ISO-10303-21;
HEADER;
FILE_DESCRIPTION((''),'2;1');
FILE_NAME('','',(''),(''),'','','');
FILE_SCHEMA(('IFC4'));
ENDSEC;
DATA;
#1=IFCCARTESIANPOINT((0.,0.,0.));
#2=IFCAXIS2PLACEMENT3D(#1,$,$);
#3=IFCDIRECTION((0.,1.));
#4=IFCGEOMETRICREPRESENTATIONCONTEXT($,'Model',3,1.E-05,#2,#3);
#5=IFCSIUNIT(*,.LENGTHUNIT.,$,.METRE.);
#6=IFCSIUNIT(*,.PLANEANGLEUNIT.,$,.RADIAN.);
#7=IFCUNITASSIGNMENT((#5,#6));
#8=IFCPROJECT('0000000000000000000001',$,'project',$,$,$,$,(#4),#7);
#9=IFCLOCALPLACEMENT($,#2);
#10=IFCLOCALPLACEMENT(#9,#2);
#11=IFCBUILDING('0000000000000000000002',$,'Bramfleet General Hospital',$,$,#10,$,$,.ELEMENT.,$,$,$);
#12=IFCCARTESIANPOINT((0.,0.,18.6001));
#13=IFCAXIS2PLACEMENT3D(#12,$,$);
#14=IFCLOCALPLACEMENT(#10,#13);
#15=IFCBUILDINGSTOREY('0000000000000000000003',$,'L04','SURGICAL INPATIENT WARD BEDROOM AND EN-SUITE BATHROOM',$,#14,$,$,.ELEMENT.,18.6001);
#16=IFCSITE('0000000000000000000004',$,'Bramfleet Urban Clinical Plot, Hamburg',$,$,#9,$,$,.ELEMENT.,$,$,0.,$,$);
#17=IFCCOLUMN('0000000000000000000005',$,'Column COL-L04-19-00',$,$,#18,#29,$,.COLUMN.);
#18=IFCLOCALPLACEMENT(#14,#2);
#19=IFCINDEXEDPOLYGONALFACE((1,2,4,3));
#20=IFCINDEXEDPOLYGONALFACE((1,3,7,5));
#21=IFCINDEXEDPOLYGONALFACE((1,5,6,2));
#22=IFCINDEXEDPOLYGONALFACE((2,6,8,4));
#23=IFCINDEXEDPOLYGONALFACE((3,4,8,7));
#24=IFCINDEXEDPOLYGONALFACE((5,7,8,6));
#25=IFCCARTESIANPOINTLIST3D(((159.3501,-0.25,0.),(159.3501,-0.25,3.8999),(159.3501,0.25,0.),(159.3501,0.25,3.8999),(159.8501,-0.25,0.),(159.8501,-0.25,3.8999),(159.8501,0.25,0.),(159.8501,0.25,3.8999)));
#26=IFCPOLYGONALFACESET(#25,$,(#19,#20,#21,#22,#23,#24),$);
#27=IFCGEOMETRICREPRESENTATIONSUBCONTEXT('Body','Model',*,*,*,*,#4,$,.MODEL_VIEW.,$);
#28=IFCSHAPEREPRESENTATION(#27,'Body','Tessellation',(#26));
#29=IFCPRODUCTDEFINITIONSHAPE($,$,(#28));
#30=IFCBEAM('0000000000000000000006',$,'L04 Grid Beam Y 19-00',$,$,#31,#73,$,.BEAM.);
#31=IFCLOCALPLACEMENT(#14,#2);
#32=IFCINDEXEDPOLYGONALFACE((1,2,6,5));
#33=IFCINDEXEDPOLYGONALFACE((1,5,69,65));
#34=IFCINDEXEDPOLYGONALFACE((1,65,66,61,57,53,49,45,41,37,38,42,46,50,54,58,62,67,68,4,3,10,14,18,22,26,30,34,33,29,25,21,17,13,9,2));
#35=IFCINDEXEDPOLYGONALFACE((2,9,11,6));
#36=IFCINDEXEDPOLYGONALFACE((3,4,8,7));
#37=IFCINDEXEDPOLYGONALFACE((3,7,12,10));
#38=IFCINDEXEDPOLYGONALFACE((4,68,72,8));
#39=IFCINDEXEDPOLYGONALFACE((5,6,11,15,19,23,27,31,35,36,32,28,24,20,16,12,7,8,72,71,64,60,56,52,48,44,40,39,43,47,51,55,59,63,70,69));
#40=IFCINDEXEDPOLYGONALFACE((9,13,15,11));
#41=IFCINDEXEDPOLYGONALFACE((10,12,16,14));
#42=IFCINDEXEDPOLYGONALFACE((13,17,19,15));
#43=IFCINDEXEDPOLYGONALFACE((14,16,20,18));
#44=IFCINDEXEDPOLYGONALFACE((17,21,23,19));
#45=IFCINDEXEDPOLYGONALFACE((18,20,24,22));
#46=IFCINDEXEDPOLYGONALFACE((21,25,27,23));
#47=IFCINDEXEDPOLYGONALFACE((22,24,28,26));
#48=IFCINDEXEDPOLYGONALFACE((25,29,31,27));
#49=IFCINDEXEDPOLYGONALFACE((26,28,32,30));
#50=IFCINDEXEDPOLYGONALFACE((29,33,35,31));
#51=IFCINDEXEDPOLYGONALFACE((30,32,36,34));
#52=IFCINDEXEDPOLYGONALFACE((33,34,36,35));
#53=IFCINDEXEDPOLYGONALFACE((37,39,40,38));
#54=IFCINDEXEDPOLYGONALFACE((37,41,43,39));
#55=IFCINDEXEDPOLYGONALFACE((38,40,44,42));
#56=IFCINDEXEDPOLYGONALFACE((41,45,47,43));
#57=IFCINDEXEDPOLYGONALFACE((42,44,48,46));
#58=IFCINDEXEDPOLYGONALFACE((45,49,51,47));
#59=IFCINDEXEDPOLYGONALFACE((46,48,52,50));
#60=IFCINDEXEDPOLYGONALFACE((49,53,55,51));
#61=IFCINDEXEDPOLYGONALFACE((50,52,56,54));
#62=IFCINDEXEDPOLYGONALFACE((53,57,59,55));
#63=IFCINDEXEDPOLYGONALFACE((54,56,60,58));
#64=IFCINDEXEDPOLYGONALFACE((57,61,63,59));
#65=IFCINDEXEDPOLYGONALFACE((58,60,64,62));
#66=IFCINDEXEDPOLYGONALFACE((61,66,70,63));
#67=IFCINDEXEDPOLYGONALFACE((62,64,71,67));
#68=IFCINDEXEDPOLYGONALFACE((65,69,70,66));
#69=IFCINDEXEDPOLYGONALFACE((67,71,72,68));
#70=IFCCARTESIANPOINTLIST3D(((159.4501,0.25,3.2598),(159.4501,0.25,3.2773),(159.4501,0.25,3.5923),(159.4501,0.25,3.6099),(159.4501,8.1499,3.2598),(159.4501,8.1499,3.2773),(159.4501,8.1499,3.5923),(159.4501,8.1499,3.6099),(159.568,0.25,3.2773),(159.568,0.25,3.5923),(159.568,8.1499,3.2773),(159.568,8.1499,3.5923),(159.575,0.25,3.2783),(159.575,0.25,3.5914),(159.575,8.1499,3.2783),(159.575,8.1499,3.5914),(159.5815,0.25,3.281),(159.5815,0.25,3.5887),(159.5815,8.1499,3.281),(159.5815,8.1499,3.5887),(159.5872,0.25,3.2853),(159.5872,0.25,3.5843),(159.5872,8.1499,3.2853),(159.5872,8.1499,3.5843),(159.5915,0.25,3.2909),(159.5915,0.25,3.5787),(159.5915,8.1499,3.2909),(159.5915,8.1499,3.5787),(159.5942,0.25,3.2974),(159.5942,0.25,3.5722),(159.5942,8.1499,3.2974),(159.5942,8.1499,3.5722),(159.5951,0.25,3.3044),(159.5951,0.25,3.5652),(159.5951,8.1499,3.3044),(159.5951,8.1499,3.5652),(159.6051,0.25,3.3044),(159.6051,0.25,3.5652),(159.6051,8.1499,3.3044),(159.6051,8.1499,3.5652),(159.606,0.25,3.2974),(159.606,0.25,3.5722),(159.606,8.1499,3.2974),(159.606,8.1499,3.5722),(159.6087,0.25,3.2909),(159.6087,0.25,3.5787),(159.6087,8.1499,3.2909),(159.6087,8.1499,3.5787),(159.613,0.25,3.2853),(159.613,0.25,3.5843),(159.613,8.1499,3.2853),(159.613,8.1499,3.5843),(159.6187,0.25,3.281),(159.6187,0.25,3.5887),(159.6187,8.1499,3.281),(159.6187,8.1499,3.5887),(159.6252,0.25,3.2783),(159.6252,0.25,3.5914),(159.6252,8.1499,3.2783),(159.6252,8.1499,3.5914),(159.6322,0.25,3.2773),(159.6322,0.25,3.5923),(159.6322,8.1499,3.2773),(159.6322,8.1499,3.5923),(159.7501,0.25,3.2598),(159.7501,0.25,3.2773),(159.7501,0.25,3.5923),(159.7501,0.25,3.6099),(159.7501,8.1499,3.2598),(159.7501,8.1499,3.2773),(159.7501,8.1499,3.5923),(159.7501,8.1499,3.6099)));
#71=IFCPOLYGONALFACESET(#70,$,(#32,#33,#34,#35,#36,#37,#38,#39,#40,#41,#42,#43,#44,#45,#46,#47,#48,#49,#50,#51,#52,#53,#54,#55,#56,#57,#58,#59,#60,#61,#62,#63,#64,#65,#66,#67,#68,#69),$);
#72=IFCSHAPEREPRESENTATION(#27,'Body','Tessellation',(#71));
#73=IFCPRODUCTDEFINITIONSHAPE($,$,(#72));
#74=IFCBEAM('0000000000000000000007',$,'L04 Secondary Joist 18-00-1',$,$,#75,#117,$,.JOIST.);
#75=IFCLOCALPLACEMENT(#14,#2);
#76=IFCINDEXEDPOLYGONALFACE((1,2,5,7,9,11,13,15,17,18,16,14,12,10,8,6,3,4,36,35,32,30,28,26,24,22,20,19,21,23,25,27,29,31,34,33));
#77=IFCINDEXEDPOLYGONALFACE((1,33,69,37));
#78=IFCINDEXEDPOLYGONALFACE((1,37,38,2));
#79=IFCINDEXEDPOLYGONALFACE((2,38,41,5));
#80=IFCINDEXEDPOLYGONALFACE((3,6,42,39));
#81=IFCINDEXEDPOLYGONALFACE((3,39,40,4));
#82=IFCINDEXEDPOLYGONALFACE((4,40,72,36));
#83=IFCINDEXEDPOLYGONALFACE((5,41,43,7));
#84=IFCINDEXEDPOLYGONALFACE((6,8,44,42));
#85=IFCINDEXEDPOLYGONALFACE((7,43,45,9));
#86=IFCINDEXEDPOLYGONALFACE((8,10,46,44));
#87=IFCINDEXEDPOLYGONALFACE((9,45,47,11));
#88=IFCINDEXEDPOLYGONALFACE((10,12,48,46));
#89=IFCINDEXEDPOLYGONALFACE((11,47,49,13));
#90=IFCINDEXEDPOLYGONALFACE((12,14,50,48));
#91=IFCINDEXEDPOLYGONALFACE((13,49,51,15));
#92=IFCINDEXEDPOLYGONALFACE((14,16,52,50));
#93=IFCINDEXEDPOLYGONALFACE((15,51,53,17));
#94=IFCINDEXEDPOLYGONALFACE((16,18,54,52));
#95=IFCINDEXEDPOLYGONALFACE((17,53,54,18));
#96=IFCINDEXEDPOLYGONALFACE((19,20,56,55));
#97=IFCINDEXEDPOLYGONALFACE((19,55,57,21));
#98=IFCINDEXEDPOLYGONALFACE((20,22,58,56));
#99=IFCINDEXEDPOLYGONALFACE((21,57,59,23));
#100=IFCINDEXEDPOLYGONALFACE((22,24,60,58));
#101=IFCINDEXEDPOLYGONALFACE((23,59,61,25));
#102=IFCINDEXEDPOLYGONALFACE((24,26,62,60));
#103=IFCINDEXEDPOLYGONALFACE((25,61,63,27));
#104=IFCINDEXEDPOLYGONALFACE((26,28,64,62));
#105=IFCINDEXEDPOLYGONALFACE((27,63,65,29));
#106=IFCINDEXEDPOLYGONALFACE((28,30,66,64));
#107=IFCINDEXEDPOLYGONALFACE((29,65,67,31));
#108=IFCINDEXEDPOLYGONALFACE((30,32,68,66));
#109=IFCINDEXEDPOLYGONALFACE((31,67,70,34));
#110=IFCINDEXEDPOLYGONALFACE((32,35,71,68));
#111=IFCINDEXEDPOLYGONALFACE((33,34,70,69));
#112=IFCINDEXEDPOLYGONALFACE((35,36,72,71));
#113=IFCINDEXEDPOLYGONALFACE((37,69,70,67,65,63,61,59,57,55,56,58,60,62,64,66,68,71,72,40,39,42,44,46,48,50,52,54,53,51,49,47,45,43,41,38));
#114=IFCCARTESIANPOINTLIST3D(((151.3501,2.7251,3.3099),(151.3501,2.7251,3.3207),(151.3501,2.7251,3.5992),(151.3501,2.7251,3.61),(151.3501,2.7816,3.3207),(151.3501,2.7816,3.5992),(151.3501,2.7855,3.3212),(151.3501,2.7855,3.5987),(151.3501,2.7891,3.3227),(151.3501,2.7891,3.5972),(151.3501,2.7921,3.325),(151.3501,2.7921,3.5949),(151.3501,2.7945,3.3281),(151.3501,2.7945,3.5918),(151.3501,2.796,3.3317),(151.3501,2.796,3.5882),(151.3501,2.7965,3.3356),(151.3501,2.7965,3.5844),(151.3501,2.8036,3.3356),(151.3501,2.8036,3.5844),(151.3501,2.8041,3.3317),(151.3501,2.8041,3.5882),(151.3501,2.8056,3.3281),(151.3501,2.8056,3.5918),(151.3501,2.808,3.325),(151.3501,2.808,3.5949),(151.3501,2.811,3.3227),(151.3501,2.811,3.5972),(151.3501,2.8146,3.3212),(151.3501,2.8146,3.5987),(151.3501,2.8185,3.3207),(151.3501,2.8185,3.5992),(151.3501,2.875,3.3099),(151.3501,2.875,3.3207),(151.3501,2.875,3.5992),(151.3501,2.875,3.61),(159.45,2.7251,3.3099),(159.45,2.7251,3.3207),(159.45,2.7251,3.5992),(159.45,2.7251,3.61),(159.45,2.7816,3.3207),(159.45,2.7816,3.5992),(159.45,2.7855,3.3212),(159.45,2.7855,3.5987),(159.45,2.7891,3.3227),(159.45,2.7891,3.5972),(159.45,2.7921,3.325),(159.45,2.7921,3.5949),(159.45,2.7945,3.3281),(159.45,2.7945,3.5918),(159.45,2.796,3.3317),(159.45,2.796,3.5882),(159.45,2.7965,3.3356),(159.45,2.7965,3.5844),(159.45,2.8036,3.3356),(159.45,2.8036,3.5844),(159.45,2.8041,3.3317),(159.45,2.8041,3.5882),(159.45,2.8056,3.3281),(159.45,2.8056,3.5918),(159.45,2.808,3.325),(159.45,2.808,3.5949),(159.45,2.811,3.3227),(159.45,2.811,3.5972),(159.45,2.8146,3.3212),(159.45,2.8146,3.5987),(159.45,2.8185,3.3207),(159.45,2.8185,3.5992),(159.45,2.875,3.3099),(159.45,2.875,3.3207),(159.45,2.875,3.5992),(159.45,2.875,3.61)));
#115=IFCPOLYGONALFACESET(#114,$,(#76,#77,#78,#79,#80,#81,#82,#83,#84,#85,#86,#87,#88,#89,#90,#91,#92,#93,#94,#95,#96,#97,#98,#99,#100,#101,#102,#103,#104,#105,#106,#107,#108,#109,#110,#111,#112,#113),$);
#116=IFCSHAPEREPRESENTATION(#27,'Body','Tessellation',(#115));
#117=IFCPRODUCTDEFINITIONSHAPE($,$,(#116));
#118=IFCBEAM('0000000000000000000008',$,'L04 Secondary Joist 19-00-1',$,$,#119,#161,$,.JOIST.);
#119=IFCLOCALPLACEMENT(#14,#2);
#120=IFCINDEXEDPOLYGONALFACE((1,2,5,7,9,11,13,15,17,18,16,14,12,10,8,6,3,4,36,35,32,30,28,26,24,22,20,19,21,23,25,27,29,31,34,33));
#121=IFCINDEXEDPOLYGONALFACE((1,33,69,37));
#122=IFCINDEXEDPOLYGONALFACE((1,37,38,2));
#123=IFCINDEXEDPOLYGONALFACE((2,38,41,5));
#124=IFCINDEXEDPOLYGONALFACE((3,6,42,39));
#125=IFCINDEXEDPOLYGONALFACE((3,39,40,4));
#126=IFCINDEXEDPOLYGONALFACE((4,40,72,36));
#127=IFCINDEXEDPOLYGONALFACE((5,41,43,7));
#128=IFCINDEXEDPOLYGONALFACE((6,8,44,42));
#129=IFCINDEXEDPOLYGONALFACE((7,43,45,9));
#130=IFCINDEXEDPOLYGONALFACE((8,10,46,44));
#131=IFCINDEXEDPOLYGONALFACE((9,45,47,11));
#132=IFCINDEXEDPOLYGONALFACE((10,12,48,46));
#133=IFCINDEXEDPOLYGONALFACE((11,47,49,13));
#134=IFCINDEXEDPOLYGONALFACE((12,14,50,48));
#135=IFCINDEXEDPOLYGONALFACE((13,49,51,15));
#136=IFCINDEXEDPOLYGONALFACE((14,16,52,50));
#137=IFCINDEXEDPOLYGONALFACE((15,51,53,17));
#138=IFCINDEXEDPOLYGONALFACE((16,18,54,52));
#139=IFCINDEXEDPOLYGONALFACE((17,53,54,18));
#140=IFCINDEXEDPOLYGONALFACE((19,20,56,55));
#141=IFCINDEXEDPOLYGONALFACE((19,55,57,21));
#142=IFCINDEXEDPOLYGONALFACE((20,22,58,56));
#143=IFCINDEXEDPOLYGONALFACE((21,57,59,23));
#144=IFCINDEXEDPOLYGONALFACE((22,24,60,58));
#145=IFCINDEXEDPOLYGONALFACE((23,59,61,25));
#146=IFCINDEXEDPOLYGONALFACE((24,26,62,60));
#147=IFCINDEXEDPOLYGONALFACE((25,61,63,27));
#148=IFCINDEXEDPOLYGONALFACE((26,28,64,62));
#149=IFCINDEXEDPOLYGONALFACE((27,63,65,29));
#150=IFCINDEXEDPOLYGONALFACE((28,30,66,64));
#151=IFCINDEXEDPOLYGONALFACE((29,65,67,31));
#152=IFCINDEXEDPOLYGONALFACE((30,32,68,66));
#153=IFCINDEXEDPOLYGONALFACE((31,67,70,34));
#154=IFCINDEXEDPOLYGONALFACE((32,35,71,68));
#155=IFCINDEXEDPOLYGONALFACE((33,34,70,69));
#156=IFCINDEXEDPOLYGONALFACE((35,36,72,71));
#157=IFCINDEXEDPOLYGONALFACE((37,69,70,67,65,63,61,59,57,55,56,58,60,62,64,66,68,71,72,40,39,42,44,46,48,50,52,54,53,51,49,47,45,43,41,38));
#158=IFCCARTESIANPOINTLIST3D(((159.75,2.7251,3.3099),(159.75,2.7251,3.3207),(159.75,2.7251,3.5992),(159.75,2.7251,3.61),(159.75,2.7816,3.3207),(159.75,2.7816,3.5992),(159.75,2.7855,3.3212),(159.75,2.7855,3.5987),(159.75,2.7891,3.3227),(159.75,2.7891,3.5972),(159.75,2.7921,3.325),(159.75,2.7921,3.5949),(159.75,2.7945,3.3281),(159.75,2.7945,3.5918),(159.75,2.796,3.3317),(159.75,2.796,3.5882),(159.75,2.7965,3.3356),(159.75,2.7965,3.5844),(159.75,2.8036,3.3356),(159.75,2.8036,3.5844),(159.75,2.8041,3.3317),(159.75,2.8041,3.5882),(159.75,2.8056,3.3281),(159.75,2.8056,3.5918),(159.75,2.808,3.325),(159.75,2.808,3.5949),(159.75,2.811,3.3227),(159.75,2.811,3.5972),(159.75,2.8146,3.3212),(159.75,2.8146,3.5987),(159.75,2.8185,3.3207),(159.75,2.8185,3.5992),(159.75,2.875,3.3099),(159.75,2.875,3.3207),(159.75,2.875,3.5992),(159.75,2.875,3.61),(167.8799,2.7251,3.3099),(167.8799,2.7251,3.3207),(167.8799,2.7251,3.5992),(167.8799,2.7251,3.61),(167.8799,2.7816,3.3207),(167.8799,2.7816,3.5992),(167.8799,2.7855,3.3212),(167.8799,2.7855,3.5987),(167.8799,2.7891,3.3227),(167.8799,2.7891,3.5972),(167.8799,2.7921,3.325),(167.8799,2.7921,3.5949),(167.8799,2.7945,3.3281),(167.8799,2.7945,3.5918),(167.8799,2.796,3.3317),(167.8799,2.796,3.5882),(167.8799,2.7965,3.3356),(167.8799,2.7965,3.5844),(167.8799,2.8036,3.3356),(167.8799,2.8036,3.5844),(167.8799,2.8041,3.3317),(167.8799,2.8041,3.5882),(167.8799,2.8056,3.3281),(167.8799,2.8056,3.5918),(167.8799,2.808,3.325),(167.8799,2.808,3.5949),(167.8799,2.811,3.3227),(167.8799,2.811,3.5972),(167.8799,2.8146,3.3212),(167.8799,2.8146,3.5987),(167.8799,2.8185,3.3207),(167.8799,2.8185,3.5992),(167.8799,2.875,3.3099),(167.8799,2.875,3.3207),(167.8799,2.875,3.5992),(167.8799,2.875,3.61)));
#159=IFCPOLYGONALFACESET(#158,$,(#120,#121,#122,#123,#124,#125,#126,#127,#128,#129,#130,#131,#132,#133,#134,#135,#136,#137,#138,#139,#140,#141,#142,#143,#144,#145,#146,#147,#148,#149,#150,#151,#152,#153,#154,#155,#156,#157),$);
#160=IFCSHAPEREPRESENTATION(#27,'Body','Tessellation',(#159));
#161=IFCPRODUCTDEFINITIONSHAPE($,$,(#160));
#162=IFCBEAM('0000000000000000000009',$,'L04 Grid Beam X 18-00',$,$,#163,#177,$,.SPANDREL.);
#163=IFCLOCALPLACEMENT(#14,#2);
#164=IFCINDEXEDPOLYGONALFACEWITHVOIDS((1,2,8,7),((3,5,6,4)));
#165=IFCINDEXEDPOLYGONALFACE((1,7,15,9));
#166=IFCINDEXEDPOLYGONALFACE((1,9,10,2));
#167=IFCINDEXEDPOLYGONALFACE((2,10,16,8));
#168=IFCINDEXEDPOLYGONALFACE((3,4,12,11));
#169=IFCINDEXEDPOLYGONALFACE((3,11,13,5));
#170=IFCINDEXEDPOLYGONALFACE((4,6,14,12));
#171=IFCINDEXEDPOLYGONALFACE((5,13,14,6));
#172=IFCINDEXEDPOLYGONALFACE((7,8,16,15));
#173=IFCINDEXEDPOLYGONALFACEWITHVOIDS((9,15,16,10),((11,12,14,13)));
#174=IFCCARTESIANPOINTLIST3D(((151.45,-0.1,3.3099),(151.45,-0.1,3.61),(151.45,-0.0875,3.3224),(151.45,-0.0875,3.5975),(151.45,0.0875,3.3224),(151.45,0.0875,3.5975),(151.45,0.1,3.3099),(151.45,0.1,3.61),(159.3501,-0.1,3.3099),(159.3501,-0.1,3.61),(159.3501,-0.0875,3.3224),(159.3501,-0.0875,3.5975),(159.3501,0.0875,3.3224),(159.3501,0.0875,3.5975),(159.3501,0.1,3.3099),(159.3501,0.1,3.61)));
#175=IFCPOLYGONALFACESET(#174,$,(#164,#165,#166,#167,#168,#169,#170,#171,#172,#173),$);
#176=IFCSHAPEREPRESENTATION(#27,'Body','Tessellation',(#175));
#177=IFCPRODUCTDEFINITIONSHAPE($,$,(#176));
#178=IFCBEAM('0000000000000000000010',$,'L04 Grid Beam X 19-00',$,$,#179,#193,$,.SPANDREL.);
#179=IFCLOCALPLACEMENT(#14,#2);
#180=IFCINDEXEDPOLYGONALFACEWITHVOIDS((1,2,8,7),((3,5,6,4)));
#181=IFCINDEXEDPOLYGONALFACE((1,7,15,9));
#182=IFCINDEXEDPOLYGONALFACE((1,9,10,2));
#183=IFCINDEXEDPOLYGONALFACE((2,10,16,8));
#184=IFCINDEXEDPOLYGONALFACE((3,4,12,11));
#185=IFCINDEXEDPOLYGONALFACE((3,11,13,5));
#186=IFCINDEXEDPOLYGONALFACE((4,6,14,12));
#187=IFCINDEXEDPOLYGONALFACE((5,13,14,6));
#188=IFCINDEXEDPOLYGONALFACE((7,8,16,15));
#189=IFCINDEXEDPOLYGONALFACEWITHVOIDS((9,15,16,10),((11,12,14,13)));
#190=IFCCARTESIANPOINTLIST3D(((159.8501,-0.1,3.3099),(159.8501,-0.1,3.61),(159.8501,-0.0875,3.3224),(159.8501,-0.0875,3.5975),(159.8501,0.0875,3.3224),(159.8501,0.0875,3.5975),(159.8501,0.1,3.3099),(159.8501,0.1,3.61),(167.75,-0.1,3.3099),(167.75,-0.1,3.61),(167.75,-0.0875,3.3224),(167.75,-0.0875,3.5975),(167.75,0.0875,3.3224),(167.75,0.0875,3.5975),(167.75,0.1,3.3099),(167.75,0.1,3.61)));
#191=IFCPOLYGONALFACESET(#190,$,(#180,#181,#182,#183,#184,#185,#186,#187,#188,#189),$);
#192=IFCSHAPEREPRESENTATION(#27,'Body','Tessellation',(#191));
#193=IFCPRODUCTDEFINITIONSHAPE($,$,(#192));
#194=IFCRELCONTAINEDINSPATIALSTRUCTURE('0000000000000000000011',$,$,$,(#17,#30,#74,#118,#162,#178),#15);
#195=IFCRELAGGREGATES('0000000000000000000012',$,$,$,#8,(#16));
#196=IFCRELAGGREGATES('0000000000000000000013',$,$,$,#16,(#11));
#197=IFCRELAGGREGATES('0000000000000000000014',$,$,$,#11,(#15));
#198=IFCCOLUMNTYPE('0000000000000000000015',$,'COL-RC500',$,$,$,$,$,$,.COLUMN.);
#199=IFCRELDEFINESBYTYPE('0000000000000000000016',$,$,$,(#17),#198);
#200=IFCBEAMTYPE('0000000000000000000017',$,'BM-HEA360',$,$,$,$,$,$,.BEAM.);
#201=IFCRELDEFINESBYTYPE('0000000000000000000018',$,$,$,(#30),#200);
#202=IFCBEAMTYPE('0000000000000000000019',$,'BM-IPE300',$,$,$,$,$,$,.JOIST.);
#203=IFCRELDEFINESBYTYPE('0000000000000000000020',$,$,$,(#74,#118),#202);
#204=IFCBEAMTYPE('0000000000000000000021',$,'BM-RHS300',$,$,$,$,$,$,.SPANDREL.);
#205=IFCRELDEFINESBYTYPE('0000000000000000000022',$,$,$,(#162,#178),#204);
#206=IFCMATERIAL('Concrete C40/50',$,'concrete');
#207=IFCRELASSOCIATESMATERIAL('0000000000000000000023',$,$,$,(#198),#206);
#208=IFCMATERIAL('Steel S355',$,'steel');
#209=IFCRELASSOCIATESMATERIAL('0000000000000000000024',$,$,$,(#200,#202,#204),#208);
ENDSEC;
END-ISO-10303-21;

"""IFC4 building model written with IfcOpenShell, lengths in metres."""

from ifc_helpers import new_model, si_unit, direction, frame, origin, origin_2d, place, context, subcontext, project, spatial, rectangle, hollow_rectangle, i_section, extrude, material, material_profile, profile_set, type_object, element, save


model = new_model("IFC4")

# Units and contexts
model_context = context("Model", 3, precision=1e-05, world=origin(), true_north=direction((0.0, 1.0)))
body_context = subcontext(model_context, "Body", "Model", "MODEL_VIEW")
ifc_project = project(units=[si_unit("LENGTHUNIT", "METRE"), si_unit("PLANEANGLEUNIT", "RADIAN")], contexts=[model_context])

# Site, building, storey
site_placement = place(None, origin())
site = spatial("IfcSite", under=ifc_project, at=site_placement, Name="Bramfleet Urban Clinical Plot, Hamburg", CompositionType="ELEMENT", RefElevation=0.0)
building_placement = place(site_placement, origin())
building = spatial("IfcBuilding", under=site, at=building_placement, Name="Bramfleet General Hospital", CompositionType="ELEMENT")
storey_placement = place(building_placement, frame((0.0, 0.0, 18.6001)))
storey = spatial("IfcBuildingStorey", under=building, at=storey_placement, Name="L04", Description="SURGICAL INPATIENT WARD BEDROOM AND EN-SUITE BATHROOM", CompositionType="ELEMENT", Elevation=18.6001)

# Column
ifc_material_1 = material(Name="Concrete C40/50", Category="concrete")
ifc_material_profile_1 = material_profile(ifc_material_1, rectangle(XDim=0.5, YDim=0.5, at=origin_2d()), Name="RC COL 500x500")
ifc_profile_set_1 = profile_set([ifc_material_profile_1], Name="Concrete C40/50")
column_type = type_object("IfcColumnType", Name="COL-RC500", PredefinedType="COLUMN", material=ifc_profile_set_1)
column_placement = place(storey_placement, frame((159.6001, 0.0, 0.0), z_axis=(0.0, 0.0, 1.0), x_axis=(1.0, 0.0, 0.0)))
element("IfcColumn", 1, at=column_placement, inside=storey, type_object=column_type, Name="Column COL-L04-19-00", PredefinedType="COLUMN", context=body_context, shape_type="SweptSolid", body=[
    extrude(rectangle(XDim=0.5, YDim=0.5, at=origin_2d()), origin(), (0.0, 0.0, 1.0), 3.8999),
])

# Beams
ifc_material_2 = material(Name="Steel S355", Category="steel")
ifc_material_profile_2 = material_profile(ifc_material_2, i_section(OverallWidth=0.3, OverallDepth=0.3501, WebThickness=0.01, FlangeThickness=0.0176, FilletRadius=0.0271, at=origin_2d()), Name="HEA 360")
ifc_profile_set_2 = profile_set([ifc_material_profile_2], Name="Steel S355")
beam_type_1 = type_object("IfcBeamType", Name="BM-HEA360", PredefinedType="BEAM", material=ifc_profile_set_2)
beam_1_placement = place(storey_placement, frame((159.6001, 0.25, 3.4348), z_axis=(0.0, 1.0, 0.0), x_axis=(-1.0, 0.0, 0.0)))
element("IfcBeam", 2, at=beam_1_placement, inside=storey, type_object=beam_type_1, Name="L04 Grid Beam Y 19-00", PredefinedType="BEAM", context=body_context, shape_type="SweptSolid", body=[
    extrude(i_section(OverallWidth=0.3, OverallDepth=0.3501, WebThickness=0.01, FlangeThickness=0.0176, FilletRadius=0.0271, at=origin_2d()), origin(), (0.0, 0.0, 1.0), 7.8999),
])
ifc_material_profile_3 = material_profile(ifc_material_2, i_section(OverallWidth=0.1499, OverallDepth=0.3, WebThickness=0.0071, FlangeThickness=0.0107, FilletRadius=0.0149, at=origin_2d()), Name="IPE 300")
ifc_profile_set_3 = profile_set([ifc_material_profile_3], Name="Steel S355")
beam_type_2 = type_object("IfcBeamType", Name="BM-IPE300", PredefinedType="JOIST", material=ifc_profile_set_3)
beam_2_placement = place(storey_placement, frame((151.3501, 2.8, 3.46), z_axis=(1.0, 0.0, 0.0), x_axis=(0.0, 1.0, 0.0)))
element("IfcBeam", 3, at=beam_2_placement, inside=storey, type_object=beam_type_2, Name="L04 Secondary Joist 18-00-1", PredefinedType="JOIST", context=body_context, shape_type="SweptSolid", body=[
    extrude(i_section(OverallWidth=0.1499, OverallDepth=0.3, WebThickness=0.0071, FlangeThickness=0.0107, FilletRadius=0.0149, at=origin_2d()), origin(), (0.0, 0.0, 1.0), 8.0999),
])
beam_3_placement = place(storey_placement, frame((159.75, 2.8, 3.46), z_axis=(1.0, 0.0, 0.0), x_axis=(0.0, 1.0, 0.0)))
element("IfcBeam", 4, at=beam_3_placement, inside=storey, type_object=beam_type_2, Name="L04 Secondary Joist 19-00-1", PredefinedType="JOIST", context=body_context, shape_type="SweptSolid", body=[
    extrude(i_section(OverallWidth=0.1499, OverallDepth=0.3, WebThickness=0.0071, FlangeThickness=0.0107, FilletRadius=0.0149, at=origin_2d()), origin(), (0.0, 0.0, 1.0), 8.1299),
])
ifc_material_profile_4 = material_profile(ifc_material_2, hollow_rectangle(XDim=0.2, YDim=0.3, WallThickness=0.0125, at=origin_2d()), Name="RHS 300x200x12.5")
ifc_profile_set_4 = profile_set([ifc_material_profile_4], Name="Steel S355")
beam_type_3 = type_object("IfcBeamType", Name="BM-RHS300", PredefinedType="SPANDREL", material=ifc_profile_set_4)
beam_4_placement = place(storey_placement, frame((151.45, 0.0, 3.46), z_axis=(1.0, 0.0, 0.0), x_axis=(0.0, 1.0, 0.0)))
element("IfcBeam", 5, at=beam_4_placement, inside=storey, type_object=beam_type_3, Name="L04 Grid Beam X 18-00", PredefinedType="SPANDREL", context=body_context, shape_type="SweptSolid", body=[
    extrude(hollow_rectangle(XDim=0.2, YDim=0.3, WallThickness=0.0125, at=origin_2d()), origin(), (0.0, 0.0, 1.0), 7.9001),
])
beam_5_placement = place(storey_placement, frame((159.8501, 0.0, 3.46), z_axis=(1.0, 0.0, 0.0), x_axis=(0.0, 1.0, 0.0)))
element("IfcBeam", 6, at=beam_5_placement, inside=storey, type_object=beam_type_3, Name="L04 Grid Beam X 19-00", PredefinedType="SPANDREL", context=body_context, shape_type="SweptSolid", body=[
    extrude(hollow_rectangle(XDim=0.2, YDim=0.3, WallThickness=0.0125, at=origin_2d()), origin(), (0.0, 0.0, 1.0), 7.8999),
])

save(model, "model.ifc")
